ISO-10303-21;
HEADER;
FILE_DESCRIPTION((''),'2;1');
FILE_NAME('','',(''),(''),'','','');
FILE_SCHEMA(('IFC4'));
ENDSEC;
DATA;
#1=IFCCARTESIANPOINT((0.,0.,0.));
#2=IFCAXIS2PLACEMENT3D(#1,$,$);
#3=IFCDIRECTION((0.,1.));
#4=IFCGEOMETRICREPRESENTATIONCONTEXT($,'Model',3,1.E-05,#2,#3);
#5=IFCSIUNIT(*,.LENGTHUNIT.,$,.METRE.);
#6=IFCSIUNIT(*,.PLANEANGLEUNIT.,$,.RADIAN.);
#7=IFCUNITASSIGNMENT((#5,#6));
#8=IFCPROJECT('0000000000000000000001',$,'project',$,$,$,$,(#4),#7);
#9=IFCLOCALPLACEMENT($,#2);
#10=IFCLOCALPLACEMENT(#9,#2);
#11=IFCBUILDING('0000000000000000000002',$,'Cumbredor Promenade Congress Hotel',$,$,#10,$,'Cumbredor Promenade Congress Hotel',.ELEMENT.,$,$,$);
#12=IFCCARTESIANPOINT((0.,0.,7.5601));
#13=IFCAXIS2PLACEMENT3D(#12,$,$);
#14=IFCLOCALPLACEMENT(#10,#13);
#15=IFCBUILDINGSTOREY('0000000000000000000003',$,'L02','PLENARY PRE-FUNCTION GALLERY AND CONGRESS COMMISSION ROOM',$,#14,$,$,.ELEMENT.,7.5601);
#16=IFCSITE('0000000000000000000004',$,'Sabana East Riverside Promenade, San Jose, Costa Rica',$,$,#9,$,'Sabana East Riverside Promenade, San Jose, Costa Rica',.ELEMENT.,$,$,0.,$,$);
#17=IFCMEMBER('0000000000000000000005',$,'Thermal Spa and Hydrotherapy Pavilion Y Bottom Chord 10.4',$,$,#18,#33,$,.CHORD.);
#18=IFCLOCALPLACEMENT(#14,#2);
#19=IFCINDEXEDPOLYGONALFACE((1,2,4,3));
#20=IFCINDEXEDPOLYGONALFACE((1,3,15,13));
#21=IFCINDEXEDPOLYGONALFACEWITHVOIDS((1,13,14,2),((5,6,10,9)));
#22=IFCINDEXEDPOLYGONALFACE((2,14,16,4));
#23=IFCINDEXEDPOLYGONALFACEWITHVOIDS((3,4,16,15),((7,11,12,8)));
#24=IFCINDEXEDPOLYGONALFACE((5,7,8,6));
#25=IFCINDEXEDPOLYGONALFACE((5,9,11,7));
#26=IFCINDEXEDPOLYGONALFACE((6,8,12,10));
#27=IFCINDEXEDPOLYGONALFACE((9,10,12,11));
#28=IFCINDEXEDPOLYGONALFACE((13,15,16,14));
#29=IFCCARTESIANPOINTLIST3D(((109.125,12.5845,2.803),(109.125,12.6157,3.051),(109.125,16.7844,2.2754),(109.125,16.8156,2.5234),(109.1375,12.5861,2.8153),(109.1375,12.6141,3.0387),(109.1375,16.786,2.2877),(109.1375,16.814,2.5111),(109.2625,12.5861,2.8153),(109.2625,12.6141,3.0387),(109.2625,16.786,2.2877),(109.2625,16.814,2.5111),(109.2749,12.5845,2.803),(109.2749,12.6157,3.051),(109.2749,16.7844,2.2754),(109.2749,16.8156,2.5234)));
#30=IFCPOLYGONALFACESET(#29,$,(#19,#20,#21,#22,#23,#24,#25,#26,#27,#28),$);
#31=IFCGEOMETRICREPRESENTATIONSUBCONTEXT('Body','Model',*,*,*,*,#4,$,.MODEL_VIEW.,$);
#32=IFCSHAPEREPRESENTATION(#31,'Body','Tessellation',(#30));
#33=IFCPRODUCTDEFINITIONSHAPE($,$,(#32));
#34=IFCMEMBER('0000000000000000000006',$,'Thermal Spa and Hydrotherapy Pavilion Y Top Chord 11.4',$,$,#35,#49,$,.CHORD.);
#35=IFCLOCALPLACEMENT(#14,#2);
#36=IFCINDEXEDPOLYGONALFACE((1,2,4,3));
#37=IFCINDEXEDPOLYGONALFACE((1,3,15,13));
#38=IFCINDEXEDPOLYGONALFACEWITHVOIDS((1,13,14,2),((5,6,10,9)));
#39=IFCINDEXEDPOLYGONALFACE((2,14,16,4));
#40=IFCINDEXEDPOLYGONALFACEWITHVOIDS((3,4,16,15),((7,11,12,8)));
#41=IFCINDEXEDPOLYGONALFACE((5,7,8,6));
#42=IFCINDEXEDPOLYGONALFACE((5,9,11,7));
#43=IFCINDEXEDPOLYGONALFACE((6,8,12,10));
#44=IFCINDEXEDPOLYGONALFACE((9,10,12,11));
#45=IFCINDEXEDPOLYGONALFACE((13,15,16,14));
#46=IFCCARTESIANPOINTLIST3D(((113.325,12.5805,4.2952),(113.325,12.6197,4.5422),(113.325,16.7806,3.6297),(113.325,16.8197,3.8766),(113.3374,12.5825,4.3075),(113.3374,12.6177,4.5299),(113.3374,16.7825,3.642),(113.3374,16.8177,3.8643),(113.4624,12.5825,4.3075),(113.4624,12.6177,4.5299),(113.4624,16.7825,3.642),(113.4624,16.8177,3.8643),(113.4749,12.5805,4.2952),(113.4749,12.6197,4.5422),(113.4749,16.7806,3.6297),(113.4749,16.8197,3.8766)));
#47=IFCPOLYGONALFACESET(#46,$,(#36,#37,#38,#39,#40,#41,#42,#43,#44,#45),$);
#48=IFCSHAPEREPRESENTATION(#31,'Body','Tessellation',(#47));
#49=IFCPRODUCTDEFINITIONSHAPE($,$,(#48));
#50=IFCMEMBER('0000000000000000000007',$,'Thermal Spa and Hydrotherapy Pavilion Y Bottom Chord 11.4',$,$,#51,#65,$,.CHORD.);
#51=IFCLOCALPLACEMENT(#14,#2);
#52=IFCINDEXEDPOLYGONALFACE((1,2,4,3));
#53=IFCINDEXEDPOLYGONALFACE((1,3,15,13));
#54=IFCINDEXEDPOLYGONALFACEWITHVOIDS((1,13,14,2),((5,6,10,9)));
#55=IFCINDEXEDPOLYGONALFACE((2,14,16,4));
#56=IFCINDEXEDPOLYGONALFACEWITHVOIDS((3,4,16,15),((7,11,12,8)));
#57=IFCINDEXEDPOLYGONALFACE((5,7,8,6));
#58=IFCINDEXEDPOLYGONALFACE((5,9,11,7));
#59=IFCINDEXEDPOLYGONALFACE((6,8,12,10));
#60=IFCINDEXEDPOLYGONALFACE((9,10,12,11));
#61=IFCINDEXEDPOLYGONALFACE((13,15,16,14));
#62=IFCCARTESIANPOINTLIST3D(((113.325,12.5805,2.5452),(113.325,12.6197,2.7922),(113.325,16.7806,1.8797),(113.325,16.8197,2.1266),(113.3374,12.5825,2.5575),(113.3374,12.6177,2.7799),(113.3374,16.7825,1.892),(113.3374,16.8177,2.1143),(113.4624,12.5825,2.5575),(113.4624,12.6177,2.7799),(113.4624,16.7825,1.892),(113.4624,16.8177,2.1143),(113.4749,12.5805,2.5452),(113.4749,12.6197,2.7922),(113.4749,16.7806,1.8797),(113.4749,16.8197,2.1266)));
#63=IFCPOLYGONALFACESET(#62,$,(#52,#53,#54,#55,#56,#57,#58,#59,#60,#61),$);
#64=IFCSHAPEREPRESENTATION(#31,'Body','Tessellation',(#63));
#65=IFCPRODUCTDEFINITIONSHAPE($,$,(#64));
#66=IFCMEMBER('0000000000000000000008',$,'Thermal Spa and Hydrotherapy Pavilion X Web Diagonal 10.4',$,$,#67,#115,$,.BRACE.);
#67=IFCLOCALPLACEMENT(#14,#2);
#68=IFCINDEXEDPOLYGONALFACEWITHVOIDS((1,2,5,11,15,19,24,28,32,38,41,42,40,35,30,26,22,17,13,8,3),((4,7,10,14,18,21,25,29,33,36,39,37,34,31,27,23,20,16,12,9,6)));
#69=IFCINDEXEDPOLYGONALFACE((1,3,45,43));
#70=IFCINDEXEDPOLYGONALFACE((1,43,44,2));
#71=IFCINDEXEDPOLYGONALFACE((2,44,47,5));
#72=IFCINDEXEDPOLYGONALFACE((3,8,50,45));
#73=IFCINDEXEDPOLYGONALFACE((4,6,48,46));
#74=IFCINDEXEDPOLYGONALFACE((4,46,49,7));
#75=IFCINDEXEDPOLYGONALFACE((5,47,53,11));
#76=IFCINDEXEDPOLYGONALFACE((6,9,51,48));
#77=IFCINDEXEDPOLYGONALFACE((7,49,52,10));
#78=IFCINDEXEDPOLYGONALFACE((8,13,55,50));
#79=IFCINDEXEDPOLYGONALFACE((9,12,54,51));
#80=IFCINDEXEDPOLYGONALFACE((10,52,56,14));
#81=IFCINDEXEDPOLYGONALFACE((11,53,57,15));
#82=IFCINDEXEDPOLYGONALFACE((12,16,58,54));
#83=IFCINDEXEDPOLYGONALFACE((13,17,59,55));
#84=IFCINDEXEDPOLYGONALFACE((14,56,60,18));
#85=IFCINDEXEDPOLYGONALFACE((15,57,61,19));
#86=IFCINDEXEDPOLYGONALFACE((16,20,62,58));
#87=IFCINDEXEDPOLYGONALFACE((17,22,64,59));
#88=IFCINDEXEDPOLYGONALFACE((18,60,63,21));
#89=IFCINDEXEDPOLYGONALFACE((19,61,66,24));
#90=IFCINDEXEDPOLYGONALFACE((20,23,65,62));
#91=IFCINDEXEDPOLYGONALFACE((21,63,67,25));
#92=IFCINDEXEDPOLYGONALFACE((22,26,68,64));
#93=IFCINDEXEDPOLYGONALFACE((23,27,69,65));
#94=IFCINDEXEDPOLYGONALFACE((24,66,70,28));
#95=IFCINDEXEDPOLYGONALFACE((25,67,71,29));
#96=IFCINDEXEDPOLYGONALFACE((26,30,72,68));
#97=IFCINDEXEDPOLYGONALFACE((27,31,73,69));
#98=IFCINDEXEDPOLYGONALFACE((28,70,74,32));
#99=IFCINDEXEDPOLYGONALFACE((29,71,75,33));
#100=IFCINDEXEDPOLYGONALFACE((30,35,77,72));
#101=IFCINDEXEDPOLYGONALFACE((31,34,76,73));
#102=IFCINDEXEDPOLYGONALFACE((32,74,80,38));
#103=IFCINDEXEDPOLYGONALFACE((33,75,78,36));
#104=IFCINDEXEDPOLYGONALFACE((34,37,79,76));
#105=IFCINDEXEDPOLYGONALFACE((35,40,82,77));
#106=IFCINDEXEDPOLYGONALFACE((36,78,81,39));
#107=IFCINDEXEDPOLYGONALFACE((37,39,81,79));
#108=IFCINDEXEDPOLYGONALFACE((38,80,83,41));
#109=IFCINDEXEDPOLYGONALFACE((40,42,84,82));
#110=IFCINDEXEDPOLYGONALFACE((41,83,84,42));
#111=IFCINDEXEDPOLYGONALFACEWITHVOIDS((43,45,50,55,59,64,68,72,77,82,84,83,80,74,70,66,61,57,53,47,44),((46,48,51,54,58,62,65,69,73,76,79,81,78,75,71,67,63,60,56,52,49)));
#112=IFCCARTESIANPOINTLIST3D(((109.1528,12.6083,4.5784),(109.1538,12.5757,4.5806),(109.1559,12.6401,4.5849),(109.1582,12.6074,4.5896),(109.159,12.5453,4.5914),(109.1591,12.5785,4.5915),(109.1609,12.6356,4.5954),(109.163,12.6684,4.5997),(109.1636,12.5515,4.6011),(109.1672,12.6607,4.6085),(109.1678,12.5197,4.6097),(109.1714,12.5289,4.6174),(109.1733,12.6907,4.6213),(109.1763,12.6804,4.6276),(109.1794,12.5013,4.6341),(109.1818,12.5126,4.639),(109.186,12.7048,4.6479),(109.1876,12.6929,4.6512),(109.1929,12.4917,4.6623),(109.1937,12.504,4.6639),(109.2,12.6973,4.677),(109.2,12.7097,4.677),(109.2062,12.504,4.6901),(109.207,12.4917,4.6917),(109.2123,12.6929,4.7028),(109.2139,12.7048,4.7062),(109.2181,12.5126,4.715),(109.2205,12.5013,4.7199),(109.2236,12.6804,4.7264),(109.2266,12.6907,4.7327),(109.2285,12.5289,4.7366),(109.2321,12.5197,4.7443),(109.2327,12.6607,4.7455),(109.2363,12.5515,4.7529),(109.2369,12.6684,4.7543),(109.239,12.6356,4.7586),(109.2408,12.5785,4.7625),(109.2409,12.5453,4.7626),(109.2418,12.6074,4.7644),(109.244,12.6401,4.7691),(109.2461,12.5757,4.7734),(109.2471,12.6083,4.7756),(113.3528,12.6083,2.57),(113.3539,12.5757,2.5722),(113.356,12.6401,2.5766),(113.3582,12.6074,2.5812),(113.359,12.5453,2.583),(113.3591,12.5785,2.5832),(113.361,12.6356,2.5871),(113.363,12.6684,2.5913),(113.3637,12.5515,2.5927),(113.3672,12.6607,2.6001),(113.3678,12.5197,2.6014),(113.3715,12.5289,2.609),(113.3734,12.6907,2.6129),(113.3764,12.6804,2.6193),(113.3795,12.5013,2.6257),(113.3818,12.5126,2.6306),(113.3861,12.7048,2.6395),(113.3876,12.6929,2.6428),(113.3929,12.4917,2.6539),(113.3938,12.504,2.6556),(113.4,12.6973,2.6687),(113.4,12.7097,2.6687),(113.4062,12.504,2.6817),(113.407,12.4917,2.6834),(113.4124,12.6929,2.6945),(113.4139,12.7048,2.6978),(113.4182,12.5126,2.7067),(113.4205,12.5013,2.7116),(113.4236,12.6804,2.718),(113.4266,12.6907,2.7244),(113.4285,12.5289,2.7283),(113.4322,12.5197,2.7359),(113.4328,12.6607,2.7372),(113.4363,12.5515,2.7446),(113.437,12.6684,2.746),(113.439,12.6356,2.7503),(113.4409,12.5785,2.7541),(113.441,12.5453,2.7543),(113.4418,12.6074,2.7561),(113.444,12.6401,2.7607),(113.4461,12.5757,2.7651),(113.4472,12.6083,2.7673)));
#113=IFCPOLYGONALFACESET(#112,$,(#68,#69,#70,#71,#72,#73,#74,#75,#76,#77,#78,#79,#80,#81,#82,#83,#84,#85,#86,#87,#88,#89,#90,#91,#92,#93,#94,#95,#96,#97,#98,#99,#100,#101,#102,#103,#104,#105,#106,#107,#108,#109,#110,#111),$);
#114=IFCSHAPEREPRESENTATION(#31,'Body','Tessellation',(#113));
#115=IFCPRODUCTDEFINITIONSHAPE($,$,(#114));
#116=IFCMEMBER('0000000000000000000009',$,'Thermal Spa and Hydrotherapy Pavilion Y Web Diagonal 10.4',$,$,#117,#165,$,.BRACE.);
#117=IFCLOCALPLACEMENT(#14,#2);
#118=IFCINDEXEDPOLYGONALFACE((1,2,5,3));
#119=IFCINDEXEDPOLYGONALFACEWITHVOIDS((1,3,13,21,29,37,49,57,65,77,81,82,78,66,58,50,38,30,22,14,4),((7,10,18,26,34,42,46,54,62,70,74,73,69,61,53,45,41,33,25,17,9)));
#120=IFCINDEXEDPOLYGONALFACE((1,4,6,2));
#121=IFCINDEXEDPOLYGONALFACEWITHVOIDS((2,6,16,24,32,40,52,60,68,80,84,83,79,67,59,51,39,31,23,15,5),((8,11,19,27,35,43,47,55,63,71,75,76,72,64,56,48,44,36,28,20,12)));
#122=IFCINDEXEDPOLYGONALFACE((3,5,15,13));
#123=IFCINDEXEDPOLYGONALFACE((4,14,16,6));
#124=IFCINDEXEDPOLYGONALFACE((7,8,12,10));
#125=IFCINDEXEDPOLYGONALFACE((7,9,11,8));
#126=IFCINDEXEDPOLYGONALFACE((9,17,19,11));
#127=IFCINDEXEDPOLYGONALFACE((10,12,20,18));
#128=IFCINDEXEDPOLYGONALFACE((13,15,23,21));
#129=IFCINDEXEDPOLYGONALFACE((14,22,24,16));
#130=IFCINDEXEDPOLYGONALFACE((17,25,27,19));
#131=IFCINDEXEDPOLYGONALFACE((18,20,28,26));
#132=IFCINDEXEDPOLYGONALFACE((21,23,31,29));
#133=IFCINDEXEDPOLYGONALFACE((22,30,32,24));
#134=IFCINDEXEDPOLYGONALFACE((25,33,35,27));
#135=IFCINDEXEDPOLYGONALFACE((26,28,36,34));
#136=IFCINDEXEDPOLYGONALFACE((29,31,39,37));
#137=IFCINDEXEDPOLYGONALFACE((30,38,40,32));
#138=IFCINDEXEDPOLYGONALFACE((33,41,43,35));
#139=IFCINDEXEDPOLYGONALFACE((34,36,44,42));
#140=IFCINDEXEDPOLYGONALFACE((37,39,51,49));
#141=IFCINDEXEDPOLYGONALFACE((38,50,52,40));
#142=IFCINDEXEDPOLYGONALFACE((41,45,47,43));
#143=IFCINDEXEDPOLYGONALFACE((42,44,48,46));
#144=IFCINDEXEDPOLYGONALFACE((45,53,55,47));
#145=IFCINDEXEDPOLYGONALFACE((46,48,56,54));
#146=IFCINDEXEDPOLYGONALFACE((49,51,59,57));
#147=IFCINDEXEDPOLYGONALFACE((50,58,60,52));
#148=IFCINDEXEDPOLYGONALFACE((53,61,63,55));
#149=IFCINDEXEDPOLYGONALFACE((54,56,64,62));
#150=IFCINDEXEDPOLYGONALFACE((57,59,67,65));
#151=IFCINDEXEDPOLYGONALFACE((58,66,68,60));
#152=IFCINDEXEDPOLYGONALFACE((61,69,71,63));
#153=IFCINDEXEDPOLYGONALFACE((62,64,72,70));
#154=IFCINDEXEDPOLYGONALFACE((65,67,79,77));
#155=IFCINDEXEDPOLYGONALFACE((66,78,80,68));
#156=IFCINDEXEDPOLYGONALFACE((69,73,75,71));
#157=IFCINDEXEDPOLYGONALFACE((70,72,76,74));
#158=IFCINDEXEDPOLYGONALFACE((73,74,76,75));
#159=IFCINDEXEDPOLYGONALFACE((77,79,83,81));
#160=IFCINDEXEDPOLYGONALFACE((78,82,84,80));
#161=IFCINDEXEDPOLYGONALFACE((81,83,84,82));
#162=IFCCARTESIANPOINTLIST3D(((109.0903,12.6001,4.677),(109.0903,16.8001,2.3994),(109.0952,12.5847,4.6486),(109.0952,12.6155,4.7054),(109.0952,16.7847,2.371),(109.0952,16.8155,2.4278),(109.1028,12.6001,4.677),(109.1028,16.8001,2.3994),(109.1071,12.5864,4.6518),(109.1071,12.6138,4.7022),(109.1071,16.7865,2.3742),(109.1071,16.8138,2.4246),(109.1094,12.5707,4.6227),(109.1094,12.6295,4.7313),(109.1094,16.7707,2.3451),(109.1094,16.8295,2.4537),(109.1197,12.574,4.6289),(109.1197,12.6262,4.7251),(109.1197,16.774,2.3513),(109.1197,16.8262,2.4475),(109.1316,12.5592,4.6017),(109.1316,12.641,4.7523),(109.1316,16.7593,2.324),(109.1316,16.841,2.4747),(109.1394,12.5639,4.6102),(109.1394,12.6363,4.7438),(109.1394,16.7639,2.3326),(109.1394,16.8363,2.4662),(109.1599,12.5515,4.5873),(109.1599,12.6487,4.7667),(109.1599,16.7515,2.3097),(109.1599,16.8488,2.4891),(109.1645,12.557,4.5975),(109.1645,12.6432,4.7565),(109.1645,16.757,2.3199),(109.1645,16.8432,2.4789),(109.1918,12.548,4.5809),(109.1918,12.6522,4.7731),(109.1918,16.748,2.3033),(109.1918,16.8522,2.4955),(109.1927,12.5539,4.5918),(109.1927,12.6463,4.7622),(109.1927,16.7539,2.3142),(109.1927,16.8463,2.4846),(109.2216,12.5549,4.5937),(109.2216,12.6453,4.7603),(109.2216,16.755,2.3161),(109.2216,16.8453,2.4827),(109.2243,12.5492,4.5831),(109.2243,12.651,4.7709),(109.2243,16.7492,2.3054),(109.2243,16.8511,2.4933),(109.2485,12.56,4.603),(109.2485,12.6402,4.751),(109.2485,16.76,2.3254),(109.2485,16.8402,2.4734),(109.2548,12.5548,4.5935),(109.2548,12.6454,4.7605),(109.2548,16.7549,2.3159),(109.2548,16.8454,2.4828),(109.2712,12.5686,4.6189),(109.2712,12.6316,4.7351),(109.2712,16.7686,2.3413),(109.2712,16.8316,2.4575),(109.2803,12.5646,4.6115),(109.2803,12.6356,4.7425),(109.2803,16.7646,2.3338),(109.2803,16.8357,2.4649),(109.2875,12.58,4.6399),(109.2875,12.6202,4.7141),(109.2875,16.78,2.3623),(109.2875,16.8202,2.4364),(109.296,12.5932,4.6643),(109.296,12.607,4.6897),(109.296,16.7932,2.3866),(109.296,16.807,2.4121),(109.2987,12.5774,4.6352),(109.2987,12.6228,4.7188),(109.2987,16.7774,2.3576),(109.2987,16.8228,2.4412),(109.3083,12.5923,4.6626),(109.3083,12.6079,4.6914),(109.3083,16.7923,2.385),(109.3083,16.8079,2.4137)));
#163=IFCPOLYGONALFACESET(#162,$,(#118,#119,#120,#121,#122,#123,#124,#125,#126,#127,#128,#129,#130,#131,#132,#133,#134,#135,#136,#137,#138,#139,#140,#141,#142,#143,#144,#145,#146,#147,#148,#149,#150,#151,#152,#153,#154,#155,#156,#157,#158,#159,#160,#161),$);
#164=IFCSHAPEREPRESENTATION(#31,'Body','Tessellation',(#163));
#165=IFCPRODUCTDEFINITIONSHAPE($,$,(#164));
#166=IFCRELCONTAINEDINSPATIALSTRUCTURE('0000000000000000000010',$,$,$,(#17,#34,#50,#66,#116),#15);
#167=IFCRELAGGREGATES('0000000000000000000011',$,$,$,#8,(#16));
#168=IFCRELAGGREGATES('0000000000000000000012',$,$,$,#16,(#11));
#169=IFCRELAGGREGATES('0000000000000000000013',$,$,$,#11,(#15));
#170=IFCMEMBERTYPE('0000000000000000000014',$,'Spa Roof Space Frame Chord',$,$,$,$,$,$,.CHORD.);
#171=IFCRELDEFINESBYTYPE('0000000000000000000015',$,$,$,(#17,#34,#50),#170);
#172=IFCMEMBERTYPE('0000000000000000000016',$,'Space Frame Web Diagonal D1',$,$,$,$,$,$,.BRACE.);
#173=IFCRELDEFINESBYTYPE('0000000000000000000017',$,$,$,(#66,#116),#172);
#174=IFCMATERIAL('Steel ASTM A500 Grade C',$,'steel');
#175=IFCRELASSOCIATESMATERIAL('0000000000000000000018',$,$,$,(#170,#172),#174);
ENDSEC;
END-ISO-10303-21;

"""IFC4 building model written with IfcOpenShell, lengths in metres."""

from ifc_helpers import new_model, si_unit, direction, frame, origin, origin_2d, place, context, subcontext, project, spatial, hollow_rectangle, hollow_circle, extrude, material, material_profile, profile_set, type_object, element, save


model = new_model("IFC4")

# Units and contexts
model_context = context("Model", 3, precision=1e-05, world=origin(), true_north=direction((0.0, 1.0)))
body_context = subcontext(model_context, "Body", "Model", "MODEL_VIEW")
ifc_project = project(units=[si_unit("LENGTHUNIT", "METRE"), si_unit("PLANEANGLEUNIT", "RADIAN")], contexts=[model_context])

# Site, building, storey
site_placement = place(None, origin())
site = spatial("IfcSite", under=ifc_project, at=site_placement, Name="Sabana East Riverside Promenade, San Jose, Costa Rica", LongName="Sabana East Riverside Promenade, San Jose, Costa Rica", CompositionType="ELEMENT", RefElevation=0.0)
building_placement = place(site_placement, origin())
building = spatial("IfcBuilding", under=site, at=building_placement, Name="Cumbredor Promenade Congress Hotel", LongName="Cumbredor Promenade Congress Hotel", CompositionType="ELEMENT")
storey_placement = place(building_placement, frame((0.0, 0.0, 7.5601)))
storey = spatial("IfcBuildingStorey", under=building, at=storey_placement, Name="L02", Description="PLENARY PRE-FUNCTION GALLERY AND CONGRESS COMMISSION ROOM", CompositionType="ELEMENT", Elevation=7.5601)

# Members
ifc_material_1 = material(Name="Steel ASTM A500 Grade C", Category="steel")
ifc_material_profile_1 = material_profile(ifc_material_1, hollow_rectangle(XDim=0.1499, YDim=0.25, WallThickness=0.0125, at=origin_2d()), Name="HSS 250x150x12.5")
ifc_profile_set_1 = profile_set([ifc_material_profile_1], Name="Steel ASTM A500 Grade C")
member_type_1 = type_object("IfcMemberType", Name="Spa Roof Space Frame Chord", PredefinedType="CHORD", material=ifc_profile_set_1)
for number, where, z_axis, x_axis, name in (
    (1, (109.2, 12.6001, 2.927), (0.0, 0.992202, -0.124638), (-1.0, 0.0, 0.0), "Thermal Spa and Hydrotherapy Pavilion Y Bottom Chord 10.4"),
):
    element("IfcMember", number, at=place(storey_placement, frame(where, z_axis=z_axis, x_axis=x_axis)), inside=storey, type_object=member_type_1, Name=name, PredefinedType="CHORD", context=body_context, shape_type="SweptSolid", body=[
        extrude(hollow_rectangle(XDim=0.1499, YDim=0.25, WallThickness=0.0125, at=origin_2d()), origin(), (0.0, 0.0, 1.0), 4.2329),
    ])
for number, where, z_axis, x_axis, name in (
    (2, (113.3999, 12.6001, 4.4187), (0.0, 0.987677, -0.156508), (-1.0, 0.0, 0.0), "Thermal Spa and Hydrotherapy Pavilion Y Top Chord 11.4"),
    (3, (113.3999, 12.6001, 2.6687), (0.0, 0.987677, -0.156508), (-1.0, 0.0, 0.0), "Thermal Spa and Hydrotherapy Pavilion Y Bottom Chord 11.4"),
):
    element("IfcMember", number, at=place(storey_placement, frame(where, z_axis=z_axis, x_axis=x_axis)), inside=storey, type_object=member_type_1, Name=name, PredefinedType="CHORD", context=body_context, shape_type="SweptSolid", body=[
        extrude(hollow_rectangle(XDim=0.1499, YDim=0.25, WallThickness=0.0125, at=origin_2d()), origin(), (0.0, 0.0, 1.0), 4.2524),
    ])
ifc_material_profile_2 = material_profile(ifc_material_1, hollow_circle(Radius=0.1096, WallThickness=0.0125, at=origin_2d()), Name="CHS 219.1x12.5")
ifc_profile_set_2 = profile_set([ifc_material_profile_2], Name="Steel ASTM A500 Grade C")
member_type_2 = type_object("IfcMemberType", Name="Space Frame Web Diagonal D1", PredefinedType="BRACE", material=ifc_profile_set_2)
member_1_placement = place(storey_placement, frame((109.2, 12.6001, 4.677), z_axis=(0.902165, 0.0, -0.431391), x_axis=(0.0, 1.0, 0.0)))
element("IfcMember", 4, at=member_1_placement, inside=storey, type_object=member_type_2, Name="Thermal Spa and Hydrotherapy Pavilion X Web Diagonal 10.4", PredefinedType="BRACE", context=body_context, shape_type="SweptSolid", body=[
    extrude(hollow_circle(Radius=0.1096, WallThickness=0.0125, at=origin_2d()), origin(), (0.0, 0.0, 1.0), 4.6555),
])
member_2_placement = place(storey_placement, frame((109.2, 12.6001, 4.677), z_axis=(0.0, 0.879063, -0.476706), x_axis=(-1.0, 0.0, 0.0)))
element("IfcMember", 5, at=member_2_placement, inside=storey, type_object=member_type_2, Name="Thermal Spa and Hydrotherapy Pavilion Y Web Diagonal 10.4", PredefinedType="BRACE", context=body_context, shape_type="SweptSolid", body=[
    extrude(hollow_circle(Radius=0.1096, WallThickness=0.0125, at=origin_2d()), origin(), (0.0, 0.0, 1.0), 4.7778),
])

save(model, "model.ifc")
